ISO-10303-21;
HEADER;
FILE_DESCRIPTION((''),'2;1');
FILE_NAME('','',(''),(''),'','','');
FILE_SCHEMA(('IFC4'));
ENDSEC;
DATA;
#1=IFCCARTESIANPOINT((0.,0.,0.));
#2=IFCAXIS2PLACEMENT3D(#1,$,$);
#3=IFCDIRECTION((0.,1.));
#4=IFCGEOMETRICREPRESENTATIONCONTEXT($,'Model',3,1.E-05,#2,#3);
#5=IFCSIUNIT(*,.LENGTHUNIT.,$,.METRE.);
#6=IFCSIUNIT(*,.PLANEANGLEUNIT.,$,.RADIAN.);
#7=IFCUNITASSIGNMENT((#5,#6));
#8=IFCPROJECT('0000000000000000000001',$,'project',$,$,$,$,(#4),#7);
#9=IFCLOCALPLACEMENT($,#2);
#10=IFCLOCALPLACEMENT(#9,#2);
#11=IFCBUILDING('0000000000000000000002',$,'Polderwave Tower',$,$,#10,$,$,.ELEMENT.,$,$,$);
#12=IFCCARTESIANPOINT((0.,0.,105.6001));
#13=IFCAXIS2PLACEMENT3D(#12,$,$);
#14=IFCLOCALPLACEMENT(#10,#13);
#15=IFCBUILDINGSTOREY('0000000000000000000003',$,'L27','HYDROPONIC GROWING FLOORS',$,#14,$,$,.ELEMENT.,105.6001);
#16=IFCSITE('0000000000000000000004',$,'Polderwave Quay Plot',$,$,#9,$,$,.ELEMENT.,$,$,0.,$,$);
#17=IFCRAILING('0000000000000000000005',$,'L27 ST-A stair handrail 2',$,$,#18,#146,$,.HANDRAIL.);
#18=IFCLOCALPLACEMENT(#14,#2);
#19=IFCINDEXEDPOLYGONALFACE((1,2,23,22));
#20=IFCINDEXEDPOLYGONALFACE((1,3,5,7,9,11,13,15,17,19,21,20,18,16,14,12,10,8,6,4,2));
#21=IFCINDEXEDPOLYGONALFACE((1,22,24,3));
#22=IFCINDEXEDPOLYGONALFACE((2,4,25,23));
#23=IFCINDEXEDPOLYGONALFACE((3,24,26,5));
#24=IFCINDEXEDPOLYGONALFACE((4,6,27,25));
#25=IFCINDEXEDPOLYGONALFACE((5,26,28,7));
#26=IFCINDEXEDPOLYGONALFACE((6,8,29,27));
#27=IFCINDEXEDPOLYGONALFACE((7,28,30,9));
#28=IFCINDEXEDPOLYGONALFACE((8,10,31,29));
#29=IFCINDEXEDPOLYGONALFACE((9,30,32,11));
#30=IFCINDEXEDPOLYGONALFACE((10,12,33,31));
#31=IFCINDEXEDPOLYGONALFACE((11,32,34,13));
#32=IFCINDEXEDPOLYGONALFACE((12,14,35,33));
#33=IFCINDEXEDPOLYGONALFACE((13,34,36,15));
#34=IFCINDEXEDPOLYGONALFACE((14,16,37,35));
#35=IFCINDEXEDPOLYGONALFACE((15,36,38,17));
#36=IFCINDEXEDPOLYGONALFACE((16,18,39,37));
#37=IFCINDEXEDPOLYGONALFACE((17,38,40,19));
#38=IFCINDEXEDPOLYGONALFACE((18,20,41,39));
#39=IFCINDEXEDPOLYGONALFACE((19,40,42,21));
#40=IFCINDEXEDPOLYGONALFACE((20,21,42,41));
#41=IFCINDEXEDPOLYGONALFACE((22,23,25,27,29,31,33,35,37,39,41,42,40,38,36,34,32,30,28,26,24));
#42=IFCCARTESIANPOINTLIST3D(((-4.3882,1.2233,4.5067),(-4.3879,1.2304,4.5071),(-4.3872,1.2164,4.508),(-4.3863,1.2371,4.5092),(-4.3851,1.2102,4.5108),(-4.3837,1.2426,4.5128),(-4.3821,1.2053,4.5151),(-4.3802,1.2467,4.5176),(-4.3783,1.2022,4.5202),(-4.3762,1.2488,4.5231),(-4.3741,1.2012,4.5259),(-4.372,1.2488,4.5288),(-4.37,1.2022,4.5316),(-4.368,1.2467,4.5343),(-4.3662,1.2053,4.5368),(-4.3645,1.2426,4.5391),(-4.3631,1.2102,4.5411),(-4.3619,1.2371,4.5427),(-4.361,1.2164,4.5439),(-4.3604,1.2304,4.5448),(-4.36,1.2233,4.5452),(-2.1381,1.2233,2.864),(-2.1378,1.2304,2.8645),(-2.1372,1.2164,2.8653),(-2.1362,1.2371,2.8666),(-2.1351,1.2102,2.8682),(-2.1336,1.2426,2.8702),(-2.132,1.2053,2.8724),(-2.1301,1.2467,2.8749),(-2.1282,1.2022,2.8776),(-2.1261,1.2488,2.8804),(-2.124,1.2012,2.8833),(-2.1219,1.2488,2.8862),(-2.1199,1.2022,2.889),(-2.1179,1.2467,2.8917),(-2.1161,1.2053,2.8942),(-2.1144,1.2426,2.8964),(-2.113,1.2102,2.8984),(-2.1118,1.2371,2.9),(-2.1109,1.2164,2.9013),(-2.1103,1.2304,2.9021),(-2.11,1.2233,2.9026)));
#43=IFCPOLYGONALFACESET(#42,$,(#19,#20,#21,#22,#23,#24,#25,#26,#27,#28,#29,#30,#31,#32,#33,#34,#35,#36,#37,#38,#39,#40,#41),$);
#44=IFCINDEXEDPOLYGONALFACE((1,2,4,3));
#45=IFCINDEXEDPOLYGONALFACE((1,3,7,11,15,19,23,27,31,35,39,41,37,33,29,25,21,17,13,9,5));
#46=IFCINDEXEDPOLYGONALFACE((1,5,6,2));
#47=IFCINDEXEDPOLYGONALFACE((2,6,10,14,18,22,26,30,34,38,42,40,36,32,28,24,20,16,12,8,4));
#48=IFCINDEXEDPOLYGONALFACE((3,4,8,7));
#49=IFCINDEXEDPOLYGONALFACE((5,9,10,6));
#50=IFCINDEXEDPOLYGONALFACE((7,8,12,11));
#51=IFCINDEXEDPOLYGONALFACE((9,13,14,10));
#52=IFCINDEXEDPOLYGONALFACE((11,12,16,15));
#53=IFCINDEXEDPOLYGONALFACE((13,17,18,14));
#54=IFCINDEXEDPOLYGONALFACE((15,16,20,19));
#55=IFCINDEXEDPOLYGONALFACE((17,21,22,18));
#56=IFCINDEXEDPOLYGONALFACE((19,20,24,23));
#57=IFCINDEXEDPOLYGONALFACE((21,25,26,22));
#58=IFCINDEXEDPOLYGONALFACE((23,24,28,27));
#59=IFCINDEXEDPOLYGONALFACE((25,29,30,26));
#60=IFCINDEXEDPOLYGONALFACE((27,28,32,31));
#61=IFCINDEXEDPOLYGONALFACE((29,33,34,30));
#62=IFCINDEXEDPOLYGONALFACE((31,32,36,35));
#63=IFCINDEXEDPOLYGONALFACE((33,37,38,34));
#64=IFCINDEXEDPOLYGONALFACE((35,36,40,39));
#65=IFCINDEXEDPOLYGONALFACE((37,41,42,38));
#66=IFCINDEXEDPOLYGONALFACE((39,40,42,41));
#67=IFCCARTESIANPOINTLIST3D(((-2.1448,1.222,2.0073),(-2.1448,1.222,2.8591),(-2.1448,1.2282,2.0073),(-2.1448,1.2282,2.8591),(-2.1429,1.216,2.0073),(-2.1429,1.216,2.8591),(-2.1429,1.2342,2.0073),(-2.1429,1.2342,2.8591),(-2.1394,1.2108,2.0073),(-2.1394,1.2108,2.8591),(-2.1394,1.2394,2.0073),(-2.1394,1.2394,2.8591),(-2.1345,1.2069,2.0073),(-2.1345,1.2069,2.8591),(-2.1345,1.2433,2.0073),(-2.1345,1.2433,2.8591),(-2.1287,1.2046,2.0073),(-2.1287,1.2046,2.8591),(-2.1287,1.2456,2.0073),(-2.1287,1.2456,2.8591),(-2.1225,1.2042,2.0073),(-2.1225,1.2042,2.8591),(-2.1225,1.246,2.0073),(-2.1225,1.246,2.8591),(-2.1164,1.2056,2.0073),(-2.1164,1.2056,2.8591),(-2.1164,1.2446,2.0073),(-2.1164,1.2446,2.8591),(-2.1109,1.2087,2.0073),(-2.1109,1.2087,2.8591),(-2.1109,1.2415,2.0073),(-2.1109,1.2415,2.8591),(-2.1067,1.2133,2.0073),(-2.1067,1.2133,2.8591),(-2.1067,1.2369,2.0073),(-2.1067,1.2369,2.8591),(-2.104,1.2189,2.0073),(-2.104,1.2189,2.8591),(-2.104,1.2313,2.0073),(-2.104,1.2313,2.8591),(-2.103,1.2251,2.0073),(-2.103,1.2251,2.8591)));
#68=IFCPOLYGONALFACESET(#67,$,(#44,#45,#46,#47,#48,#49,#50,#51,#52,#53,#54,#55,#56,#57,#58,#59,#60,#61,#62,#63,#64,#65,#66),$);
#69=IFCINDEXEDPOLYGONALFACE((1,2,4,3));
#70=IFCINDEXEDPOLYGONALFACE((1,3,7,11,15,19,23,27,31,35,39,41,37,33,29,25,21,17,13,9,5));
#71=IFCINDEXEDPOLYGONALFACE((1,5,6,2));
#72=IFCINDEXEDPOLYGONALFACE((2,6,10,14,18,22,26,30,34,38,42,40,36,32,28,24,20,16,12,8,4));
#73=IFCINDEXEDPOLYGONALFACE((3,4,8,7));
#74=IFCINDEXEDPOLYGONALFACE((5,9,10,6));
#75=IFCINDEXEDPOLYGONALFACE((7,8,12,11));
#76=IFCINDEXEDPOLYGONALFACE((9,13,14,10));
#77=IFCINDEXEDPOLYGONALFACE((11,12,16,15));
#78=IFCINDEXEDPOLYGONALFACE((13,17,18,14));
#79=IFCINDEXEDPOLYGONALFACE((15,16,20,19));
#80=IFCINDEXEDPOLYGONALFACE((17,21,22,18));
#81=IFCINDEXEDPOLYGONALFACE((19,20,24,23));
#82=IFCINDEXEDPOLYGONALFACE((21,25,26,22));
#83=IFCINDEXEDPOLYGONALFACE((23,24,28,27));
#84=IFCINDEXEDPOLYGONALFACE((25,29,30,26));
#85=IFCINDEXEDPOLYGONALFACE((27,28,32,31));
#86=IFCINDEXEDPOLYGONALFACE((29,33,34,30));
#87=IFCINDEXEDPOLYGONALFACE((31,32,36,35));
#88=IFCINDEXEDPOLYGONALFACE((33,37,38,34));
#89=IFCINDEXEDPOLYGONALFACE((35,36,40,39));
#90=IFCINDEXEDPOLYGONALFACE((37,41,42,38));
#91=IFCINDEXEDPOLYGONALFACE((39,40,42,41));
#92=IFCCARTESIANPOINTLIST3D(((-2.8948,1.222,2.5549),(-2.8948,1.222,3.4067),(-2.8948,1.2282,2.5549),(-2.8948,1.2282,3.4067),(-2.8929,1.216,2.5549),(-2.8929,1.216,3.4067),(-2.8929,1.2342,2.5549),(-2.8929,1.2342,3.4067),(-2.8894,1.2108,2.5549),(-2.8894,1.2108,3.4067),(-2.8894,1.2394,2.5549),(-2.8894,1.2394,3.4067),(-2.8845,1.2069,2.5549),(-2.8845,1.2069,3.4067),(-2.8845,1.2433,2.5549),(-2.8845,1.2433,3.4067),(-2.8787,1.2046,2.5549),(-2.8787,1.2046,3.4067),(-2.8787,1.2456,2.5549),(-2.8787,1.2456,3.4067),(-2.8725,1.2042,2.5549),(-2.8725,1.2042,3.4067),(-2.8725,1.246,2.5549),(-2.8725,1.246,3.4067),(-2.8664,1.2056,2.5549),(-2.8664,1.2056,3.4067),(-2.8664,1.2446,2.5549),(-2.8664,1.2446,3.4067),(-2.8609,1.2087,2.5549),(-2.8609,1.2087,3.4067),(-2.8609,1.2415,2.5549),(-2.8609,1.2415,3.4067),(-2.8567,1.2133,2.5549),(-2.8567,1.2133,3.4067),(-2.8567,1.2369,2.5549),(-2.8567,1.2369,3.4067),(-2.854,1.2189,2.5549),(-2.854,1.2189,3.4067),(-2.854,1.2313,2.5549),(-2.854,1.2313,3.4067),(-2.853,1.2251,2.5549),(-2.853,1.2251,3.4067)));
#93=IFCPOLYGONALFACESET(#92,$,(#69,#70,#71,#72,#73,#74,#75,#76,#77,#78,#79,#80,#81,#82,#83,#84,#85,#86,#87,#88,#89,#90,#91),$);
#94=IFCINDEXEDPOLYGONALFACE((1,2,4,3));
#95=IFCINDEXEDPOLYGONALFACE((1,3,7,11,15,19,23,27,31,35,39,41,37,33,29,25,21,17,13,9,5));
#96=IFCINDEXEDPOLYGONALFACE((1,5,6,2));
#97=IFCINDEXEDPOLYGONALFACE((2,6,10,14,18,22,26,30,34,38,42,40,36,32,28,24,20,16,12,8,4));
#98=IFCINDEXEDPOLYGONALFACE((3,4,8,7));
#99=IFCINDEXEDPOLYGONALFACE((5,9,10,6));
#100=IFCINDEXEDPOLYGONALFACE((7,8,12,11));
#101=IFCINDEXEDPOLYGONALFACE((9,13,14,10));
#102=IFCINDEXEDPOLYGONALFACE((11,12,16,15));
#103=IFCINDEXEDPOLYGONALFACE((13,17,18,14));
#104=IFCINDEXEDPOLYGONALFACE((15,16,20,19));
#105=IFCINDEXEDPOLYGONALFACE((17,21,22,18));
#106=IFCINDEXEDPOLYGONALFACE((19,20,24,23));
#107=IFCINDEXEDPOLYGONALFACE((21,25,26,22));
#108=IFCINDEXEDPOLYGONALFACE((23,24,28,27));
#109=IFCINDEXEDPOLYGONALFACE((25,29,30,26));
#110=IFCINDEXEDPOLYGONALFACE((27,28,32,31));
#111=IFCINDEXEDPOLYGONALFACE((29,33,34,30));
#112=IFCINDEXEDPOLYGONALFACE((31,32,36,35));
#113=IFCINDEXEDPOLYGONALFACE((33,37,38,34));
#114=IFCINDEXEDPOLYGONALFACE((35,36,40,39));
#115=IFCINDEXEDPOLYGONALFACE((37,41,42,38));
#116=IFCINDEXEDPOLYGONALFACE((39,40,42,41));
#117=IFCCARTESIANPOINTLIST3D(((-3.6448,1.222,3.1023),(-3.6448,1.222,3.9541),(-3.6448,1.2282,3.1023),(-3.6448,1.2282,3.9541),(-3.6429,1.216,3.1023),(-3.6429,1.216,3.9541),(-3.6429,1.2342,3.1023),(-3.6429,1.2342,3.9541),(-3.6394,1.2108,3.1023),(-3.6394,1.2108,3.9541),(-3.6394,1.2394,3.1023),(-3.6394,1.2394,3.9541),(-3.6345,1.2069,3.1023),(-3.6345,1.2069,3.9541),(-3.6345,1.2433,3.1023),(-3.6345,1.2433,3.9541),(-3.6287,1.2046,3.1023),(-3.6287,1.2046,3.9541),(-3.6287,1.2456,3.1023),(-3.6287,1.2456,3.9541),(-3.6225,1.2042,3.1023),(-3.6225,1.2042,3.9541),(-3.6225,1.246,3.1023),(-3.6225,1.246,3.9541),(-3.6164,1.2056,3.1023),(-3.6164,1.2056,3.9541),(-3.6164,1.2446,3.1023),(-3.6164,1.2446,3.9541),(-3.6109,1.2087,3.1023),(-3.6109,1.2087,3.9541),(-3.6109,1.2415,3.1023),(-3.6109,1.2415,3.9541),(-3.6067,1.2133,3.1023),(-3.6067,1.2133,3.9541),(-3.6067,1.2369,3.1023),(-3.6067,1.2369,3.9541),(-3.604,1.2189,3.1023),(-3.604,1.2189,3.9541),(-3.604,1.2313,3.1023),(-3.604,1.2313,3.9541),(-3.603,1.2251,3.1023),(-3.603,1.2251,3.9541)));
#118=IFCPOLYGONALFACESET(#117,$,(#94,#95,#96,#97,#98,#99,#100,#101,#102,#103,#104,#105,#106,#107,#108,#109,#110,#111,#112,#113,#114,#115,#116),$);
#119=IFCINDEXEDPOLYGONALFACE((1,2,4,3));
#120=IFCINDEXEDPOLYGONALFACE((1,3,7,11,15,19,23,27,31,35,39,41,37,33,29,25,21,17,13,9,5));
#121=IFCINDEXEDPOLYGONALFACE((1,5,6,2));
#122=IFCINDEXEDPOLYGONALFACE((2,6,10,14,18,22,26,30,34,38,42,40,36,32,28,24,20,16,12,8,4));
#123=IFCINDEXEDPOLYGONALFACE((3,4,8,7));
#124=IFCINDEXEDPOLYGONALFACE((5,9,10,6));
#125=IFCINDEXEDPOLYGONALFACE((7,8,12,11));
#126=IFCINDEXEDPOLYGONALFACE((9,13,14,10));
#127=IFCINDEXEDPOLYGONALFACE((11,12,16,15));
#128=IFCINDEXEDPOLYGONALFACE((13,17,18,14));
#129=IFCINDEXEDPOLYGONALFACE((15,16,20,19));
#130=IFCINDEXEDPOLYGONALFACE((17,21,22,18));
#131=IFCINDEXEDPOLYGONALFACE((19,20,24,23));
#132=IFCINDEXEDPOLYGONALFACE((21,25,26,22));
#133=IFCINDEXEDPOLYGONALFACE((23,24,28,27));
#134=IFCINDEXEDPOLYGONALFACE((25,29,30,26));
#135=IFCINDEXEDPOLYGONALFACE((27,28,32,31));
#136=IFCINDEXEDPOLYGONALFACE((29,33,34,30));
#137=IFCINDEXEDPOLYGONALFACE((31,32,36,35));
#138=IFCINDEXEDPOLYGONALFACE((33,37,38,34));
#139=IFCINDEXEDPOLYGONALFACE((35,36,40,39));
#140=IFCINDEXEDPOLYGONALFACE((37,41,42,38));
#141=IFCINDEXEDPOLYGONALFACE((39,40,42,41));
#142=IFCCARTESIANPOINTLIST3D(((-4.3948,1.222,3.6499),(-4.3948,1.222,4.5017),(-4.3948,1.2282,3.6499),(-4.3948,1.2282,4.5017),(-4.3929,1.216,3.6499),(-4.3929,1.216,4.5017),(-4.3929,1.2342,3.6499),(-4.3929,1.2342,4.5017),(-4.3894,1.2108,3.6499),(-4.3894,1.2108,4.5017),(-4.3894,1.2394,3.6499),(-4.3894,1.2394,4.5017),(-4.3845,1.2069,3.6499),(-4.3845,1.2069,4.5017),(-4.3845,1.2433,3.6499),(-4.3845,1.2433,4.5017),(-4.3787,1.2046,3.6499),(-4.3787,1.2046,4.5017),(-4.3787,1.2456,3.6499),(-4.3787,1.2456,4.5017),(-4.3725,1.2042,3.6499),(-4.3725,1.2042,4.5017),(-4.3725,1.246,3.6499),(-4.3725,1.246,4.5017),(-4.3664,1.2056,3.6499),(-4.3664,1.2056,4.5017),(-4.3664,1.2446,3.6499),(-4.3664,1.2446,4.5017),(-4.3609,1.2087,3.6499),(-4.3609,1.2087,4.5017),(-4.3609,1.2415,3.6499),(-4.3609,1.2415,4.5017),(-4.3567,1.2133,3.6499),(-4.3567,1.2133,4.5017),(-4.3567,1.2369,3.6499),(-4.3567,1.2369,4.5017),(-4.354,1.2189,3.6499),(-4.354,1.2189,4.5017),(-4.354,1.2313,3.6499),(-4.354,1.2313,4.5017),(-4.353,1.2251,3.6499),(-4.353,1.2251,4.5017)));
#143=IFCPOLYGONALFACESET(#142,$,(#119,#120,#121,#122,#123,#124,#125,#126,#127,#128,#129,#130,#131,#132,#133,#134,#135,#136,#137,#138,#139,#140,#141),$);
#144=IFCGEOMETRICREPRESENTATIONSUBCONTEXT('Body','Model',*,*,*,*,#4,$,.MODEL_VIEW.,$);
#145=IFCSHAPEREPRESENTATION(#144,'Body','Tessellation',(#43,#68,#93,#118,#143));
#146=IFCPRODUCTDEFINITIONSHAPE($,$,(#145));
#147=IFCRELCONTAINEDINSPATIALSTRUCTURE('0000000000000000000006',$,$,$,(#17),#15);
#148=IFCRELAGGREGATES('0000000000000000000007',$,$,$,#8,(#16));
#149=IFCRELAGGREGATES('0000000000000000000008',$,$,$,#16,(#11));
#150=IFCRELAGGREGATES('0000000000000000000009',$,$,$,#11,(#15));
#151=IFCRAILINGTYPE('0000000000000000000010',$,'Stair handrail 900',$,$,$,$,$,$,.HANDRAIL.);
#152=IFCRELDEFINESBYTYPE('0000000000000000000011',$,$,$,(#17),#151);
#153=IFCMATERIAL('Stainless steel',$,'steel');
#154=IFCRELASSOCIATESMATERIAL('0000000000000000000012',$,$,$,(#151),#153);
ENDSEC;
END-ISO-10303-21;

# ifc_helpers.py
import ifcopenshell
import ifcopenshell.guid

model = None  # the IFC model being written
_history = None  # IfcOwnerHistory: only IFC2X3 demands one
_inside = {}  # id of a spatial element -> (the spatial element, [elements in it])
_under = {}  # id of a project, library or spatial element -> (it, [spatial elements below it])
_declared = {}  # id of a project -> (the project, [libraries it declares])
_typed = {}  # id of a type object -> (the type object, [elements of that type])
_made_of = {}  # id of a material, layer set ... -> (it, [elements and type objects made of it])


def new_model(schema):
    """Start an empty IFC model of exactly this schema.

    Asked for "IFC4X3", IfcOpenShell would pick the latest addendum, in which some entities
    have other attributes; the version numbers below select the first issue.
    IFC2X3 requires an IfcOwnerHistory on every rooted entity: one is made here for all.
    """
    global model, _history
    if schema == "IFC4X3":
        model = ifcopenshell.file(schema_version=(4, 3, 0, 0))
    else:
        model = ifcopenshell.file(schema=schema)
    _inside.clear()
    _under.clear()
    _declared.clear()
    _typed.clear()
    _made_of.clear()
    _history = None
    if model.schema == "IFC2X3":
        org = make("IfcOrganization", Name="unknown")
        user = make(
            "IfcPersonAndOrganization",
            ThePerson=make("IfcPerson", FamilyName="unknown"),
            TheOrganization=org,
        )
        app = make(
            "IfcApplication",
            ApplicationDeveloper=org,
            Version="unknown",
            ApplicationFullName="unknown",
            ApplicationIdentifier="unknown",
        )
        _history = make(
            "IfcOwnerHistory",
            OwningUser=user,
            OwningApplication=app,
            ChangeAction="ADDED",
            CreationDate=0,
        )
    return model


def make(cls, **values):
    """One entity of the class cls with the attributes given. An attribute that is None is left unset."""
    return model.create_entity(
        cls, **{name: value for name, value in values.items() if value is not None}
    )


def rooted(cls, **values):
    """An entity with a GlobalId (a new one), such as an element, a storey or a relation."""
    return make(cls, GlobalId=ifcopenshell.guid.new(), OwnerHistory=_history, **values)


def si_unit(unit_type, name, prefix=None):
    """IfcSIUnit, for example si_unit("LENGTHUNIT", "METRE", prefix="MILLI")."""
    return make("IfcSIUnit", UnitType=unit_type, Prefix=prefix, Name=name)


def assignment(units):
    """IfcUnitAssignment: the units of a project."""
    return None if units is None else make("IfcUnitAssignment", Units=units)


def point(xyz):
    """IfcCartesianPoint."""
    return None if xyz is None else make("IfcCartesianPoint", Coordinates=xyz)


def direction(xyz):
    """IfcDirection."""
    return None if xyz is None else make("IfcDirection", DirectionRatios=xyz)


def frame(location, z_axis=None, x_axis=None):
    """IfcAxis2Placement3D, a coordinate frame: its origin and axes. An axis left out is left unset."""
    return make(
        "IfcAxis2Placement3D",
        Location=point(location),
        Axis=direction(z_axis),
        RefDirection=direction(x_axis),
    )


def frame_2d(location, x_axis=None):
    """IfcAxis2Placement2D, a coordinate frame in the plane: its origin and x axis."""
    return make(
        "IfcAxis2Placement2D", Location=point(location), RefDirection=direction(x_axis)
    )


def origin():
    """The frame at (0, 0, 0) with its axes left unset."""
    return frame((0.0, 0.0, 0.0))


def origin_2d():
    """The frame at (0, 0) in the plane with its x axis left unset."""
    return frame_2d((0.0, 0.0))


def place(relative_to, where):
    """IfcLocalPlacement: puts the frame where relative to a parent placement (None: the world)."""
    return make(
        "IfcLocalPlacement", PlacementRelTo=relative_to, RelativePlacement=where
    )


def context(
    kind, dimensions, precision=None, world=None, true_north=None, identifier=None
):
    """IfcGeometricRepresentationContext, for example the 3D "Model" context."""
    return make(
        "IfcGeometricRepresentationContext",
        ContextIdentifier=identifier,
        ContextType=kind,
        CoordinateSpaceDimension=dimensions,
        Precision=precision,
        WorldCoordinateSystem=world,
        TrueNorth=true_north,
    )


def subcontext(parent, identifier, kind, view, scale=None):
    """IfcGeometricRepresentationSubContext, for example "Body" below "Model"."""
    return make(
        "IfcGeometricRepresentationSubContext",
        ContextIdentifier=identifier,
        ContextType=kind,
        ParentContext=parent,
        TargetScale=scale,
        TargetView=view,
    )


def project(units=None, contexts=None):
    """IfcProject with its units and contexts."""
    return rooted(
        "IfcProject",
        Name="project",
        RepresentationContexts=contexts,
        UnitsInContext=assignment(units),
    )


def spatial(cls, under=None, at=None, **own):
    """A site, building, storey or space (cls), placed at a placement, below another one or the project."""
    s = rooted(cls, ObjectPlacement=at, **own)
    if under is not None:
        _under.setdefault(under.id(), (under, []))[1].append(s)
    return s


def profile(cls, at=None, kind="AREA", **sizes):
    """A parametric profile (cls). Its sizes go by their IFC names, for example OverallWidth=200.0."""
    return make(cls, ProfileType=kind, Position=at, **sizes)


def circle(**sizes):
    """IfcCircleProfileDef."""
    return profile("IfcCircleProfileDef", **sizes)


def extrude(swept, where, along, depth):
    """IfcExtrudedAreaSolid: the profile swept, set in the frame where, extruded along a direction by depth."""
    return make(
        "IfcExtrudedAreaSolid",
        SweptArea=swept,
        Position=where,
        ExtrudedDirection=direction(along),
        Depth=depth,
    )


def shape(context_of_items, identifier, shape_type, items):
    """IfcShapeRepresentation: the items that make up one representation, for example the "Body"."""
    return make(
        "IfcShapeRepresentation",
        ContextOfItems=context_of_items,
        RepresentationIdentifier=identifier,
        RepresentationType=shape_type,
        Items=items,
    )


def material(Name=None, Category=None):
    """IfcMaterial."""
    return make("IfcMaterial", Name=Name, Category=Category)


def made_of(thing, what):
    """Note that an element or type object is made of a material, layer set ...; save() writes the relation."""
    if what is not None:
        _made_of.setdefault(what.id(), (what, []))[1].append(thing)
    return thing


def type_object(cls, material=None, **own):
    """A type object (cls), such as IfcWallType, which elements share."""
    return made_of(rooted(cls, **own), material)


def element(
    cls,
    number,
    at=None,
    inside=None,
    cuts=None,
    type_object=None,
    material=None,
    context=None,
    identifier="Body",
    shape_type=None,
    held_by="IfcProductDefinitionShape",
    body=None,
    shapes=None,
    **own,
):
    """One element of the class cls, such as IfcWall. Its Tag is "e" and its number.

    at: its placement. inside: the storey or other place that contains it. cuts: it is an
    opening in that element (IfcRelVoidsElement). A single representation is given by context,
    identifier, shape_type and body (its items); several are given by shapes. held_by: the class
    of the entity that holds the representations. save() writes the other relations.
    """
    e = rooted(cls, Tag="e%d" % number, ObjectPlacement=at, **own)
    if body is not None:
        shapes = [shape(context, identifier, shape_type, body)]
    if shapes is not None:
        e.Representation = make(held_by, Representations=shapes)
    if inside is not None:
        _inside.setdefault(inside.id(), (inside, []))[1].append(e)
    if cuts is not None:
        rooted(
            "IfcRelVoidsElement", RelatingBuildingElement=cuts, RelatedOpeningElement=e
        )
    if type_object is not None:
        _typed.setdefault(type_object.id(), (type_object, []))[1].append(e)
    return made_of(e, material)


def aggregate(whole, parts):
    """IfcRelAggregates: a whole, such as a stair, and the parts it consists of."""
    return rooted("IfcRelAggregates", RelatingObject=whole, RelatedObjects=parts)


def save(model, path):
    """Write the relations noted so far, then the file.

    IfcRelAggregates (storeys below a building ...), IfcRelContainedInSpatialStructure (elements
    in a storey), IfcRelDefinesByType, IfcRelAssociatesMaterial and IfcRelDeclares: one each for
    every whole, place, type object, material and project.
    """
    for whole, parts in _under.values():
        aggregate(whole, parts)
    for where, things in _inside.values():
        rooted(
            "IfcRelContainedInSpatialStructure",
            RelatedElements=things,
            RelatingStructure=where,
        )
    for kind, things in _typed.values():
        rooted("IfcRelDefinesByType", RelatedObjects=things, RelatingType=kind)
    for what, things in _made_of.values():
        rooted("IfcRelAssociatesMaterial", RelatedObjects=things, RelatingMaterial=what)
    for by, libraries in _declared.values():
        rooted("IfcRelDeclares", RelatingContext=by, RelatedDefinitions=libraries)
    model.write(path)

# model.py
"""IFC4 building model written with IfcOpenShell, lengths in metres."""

from ifc_helpers import new_model, si_unit, direction, frame, origin, origin_2d, place, context, subcontext, project, spatial, circle, extrude, material, type_object, element, save


model = new_model("IFC4")

# Units and contexts
model_context = context("Model", 3, precision=1e-05, world=origin(), true_north=direction((0.0, 1.0)))
body_context = subcontext(model_context, "Body", "Model", "MODEL_VIEW")
ifc_project = project(units=[si_unit("LENGTHUNIT", "METRE"), si_unit("PLANEANGLEUNIT", "RADIAN")], contexts=[model_context])

# Site, building, storey
site_placement = place(None, origin())
site = spatial("IfcSite", under=ifc_project, at=site_placement, Name="Polderwave Quay Plot", CompositionType="ELEMENT", RefElevation=0.0)
building_placement = place(site_placement, origin())
building = spatial("IfcBuilding", under=site, at=building_placement, Name="Polderwave Tower", CompositionType="ELEMENT")
storey_placement = place(building_placement, frame((0.0, 0.0, 105.6001)))
storey = spatial("IfcBuildingStorey", under=building, at=storey_placement, Name="L27", Description="HYDROPONIC GROWING FLOORS", CompositionType="ELEMENT", Elevation=105.6001)

# Railing
ifc_material_1 = material(Name="Stainless steel", Category="steel")
railing_type_1 = type_object("IfcRailingType", Name="Stair handrail 900", PredefinedType="HANDRAIL", material=ifc_material_1)
railing_1_placement = place(storey_placement, frame((-2.124, 1.2251, 2.0073)))
element("IfcRailing", 1, at=railing_1_placement, inside=storey, type_object=railing_type_1, Name="L27 ST-A stair handrail 2", PredefinedType="HANDRAIL", context=body_context, shape_type="SweptSolid", body=[
    extrude(circle(Radius=0.0239, at=origin_2d()), frame((0.0, 0.0, 0.876), z_axis=(-0.807674, 0.0, 0.58963), x_axis=(0.0, -1.0, 0.0)), (0.0, 0.0, 1.0), 2.7859),
    extrude(circle(Radius=0.021, at=origin_2d()), origin(), (0.0, 0.0, 1.0), 0.8518),
    extrude(circle(Radius=0.021, at=origin_2d()), frame((-0.75, 0.0, 0.5476)), (0.0, 0.0, 1.0), 0.8518),
    extrude(circle(Radius=0.021, at=origin_2d()), frame((-1.5, 0.0, 1.095)), (0.0, 0.0, 1.0), 0.8518),
    extrude(circle(Radius=0.021, at=origin_2d()), frame((-2.25, 0.0, 1.6426)), (0.0, 0.0, 1.0), 0.8518),
])

save(model, "model.ifc")
